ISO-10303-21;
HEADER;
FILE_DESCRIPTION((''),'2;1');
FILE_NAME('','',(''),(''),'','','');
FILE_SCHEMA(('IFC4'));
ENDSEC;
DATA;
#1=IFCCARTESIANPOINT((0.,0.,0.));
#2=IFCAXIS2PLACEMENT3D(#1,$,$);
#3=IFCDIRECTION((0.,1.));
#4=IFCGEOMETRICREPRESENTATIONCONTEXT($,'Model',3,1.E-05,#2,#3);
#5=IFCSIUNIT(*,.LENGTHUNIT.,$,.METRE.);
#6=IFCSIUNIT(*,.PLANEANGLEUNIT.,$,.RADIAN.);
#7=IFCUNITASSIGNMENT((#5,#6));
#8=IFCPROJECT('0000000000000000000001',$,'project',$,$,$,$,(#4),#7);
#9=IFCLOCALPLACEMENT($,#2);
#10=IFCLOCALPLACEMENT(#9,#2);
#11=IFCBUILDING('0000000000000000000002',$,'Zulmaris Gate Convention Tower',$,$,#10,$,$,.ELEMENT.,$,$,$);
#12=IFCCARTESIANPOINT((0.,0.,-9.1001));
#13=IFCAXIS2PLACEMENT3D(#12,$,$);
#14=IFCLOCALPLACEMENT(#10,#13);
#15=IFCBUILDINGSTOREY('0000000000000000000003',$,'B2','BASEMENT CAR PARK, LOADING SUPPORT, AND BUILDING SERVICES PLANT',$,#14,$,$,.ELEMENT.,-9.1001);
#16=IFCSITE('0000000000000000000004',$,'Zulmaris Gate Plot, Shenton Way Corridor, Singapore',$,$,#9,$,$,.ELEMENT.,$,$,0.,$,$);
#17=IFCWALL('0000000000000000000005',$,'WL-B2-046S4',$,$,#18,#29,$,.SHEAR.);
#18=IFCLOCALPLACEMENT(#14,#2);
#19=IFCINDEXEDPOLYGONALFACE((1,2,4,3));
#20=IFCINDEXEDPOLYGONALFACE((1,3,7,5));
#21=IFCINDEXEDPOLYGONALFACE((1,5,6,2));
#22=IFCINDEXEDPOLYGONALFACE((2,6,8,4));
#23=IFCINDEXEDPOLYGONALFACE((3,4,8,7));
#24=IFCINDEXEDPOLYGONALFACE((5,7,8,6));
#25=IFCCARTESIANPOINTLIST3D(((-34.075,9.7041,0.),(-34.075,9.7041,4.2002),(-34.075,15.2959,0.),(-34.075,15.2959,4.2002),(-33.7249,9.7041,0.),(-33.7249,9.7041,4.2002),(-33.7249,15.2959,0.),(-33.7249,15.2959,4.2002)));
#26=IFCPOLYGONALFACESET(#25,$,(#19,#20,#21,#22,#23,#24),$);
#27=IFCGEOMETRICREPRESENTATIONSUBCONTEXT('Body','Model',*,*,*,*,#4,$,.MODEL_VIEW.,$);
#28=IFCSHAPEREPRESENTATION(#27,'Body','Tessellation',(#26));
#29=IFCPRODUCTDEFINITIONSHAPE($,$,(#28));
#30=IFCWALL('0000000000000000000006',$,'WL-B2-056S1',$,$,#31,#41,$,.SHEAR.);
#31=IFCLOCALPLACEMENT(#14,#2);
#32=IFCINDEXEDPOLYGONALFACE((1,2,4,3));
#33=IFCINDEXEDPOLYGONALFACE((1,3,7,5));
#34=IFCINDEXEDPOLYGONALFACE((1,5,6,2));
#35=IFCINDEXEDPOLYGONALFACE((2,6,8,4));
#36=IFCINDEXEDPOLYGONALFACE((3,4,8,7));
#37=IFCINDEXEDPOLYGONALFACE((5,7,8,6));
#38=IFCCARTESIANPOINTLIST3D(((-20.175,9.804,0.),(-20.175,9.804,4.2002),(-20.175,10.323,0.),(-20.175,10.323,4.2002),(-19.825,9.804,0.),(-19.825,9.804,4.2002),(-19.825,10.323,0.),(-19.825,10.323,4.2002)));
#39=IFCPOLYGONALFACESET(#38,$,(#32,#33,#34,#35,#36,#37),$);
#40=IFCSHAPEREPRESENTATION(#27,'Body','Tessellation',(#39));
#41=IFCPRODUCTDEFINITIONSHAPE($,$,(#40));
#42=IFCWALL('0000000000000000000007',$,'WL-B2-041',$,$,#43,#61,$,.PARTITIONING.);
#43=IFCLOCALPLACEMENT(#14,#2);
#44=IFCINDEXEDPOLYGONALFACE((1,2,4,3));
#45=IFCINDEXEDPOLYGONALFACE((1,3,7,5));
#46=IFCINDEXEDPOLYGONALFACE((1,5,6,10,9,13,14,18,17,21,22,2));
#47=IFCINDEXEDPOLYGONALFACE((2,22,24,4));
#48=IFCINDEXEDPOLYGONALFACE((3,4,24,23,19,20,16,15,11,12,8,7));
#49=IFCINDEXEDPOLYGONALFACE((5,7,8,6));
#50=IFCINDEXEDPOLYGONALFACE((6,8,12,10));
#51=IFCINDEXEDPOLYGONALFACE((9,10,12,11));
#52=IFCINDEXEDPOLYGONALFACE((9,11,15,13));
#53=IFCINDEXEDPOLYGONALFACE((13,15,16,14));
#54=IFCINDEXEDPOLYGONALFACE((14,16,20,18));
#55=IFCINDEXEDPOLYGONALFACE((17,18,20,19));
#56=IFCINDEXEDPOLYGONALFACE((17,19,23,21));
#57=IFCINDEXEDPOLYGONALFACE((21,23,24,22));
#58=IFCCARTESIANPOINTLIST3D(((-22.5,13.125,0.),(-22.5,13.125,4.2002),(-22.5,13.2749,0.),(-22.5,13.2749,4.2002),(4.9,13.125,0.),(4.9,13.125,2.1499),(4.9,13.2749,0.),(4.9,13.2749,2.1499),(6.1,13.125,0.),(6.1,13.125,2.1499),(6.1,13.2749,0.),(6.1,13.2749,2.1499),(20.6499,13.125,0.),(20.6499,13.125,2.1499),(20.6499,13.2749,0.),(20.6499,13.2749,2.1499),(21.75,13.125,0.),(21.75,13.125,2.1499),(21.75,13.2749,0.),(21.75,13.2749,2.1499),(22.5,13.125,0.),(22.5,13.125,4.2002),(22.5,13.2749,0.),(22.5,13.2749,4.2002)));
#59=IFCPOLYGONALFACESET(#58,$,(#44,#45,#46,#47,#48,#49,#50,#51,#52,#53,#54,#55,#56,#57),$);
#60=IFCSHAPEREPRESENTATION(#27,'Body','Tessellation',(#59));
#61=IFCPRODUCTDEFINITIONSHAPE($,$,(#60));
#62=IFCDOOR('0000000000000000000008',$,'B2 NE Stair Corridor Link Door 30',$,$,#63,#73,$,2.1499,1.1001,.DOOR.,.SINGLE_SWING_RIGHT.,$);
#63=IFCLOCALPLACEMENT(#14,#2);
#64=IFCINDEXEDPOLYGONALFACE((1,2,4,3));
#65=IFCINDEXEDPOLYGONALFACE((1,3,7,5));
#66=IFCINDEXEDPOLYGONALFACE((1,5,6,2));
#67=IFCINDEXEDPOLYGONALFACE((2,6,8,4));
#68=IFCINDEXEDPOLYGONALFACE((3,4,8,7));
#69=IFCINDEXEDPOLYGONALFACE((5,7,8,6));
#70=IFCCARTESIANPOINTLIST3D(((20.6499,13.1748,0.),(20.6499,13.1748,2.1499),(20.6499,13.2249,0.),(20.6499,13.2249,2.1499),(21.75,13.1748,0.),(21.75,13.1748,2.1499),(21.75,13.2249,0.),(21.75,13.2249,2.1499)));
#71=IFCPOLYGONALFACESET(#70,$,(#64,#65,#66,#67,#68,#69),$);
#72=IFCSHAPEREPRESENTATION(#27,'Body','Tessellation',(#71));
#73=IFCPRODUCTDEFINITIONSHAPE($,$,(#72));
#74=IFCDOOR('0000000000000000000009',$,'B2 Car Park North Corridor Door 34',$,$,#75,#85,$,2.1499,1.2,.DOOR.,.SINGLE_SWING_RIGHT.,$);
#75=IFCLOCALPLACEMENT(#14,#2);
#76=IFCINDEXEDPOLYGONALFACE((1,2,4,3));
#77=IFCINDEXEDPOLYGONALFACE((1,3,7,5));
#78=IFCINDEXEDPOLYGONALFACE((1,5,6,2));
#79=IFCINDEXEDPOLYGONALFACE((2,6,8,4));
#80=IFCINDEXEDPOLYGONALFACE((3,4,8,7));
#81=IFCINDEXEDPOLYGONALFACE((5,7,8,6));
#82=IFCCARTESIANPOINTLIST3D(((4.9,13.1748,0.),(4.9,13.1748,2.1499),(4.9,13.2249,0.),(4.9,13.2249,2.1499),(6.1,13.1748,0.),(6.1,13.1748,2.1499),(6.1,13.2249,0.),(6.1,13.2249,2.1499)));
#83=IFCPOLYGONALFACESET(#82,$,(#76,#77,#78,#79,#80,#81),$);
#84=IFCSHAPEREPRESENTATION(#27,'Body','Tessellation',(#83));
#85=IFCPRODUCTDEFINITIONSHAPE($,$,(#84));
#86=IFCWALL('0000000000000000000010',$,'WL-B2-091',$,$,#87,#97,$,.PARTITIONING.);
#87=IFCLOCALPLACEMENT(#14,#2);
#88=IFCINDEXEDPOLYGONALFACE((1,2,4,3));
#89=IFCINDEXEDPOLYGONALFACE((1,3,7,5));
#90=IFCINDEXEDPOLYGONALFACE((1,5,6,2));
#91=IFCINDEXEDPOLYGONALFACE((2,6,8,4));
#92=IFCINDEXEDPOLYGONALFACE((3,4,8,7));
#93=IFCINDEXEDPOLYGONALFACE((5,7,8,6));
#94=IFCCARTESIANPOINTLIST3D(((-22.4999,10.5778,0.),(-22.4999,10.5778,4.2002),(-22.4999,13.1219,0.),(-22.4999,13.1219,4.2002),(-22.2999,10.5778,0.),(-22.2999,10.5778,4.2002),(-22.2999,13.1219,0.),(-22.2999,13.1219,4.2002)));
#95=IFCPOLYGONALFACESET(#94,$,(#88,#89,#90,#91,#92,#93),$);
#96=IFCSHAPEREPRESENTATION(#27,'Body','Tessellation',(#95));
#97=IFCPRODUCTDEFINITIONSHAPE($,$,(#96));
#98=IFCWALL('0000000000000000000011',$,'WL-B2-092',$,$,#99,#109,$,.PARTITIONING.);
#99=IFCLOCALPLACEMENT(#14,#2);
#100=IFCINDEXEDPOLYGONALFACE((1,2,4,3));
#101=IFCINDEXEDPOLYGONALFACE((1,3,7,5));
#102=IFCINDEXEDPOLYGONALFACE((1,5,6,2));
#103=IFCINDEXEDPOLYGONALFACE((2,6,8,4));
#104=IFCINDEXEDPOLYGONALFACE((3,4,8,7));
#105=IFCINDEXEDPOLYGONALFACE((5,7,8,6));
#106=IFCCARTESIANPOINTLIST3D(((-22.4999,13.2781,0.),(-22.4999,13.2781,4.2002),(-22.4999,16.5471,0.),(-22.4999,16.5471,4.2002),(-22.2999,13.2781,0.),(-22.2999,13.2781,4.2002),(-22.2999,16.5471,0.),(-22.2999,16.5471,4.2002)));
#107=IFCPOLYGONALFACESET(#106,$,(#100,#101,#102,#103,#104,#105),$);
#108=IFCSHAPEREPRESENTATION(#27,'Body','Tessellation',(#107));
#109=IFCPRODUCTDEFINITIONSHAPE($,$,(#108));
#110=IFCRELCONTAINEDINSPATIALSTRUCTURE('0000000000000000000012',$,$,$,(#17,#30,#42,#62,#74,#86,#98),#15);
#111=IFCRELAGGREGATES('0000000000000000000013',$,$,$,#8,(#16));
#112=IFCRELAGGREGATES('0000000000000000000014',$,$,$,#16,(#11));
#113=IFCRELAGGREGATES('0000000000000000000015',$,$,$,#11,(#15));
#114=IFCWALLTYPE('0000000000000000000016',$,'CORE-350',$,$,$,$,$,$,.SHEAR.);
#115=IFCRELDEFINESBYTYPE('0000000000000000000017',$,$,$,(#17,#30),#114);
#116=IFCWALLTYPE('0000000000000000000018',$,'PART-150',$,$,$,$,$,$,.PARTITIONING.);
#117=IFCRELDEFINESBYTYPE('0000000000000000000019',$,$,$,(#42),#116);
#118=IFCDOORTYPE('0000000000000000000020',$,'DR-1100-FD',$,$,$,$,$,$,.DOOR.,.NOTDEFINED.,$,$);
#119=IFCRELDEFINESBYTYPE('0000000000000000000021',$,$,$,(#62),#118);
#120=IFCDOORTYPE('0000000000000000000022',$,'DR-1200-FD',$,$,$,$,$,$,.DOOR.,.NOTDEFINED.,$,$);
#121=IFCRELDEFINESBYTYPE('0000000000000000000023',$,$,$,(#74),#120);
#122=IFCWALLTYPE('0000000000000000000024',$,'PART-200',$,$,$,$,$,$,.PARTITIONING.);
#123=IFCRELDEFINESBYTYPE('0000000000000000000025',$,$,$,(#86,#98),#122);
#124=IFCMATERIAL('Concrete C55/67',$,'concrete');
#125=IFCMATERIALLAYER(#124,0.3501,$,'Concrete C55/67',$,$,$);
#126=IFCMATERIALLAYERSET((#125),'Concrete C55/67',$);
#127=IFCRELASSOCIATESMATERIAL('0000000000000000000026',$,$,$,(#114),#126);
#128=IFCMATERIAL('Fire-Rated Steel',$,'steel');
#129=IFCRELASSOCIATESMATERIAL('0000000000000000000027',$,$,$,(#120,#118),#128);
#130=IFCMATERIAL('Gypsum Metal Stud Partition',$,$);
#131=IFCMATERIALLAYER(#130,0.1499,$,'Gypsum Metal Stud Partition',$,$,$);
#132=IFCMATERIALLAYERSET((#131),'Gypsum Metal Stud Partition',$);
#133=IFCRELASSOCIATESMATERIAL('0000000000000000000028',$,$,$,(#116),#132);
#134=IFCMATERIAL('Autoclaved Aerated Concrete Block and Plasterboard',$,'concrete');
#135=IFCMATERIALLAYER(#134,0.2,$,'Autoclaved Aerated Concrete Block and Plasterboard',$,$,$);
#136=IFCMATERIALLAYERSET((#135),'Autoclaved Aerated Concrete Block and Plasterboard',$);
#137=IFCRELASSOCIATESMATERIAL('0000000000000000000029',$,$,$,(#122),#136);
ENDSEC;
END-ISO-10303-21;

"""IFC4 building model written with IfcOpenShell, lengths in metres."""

from ifc_helpers import new_model, si_unit, direction, frame, frame_2d, origin, place, context, subcontext, project, spatial, rectangle, extrude, material, layer, layer_set, type_object, element, fill, save


model = new_model("IFC4")

# Units and contexts
model_context = context("Model", 3, precision=1e-05, world=origin(), true_north=direction((0.0, 1.0)))
body_context = subcontext(model_context, "Body", "Model", "MODEL_VIEW")
ifc_project = project(units=[si_unit("LENGTHUNIT", "METRE"), si_unit("PLANEANGLEUNIT", "RADIAN")], contexts=[model_context])

# Site, building, storey
site_placement = place(None, origin())
site = spatial("IfcSite", under=ifc_project, at=site_placement, Name="Zulmaris Gate Plot, Shenton Way Corridor, Singapore", CompositionType="ELEMENT", RefElevation=0.0)
building_placement = place(site_placement, origin())
building = spatial("IfcBuilding", under=site, at=building_placement, Name="Zulmaris Gate Convention Tower", CompositionType="ELEMENT")
storey_placement = place(building_placement, frame((0.0, 0.0, -9.1001)))
storey = spatial("IfcBuildingStorey", under=building, at=storey_placement, Name="B2", Description="BASEMENT CAR PARK, LOADING SUPPORT, AND BUILDING SERVICES PLANT", CompositionType="ELEMENT", Elevation=-9.1001)

# Shared definitions
ifc_material_1 = material(Name="Concrete C55/67", Category="concrete")
ifc_layer_1 = layer(ifc_material_1, 0.3501, Name="Concrete C55/67")
ifc_layer_set_1 = layer_set([ifc_layer_1], Name="Concrete C55/67")
wall_type_1 = type_object("IfcWallType", Name="CORE-350", PredefinedType="SHEAR", material=ifc_layer_set_1)
ifc_material_2 = material(Name="Fire-Rated Steel", Category="steel")
door_type_1 = type_object("IfcDoorType", Name="DR-1200-FD", OperationType="NOTDEFINED", PredefinedType="DOOR", material=ifc_material_2)

# Walls
wall_1_placement = place(storey_placement, frame((-33.8999, 9.7041, 0.0), z_axis=(0.0, 0.0, 1.0), x_axis=(0.0, 1.0, 0.0)))
element("IfcWall", 1, at=wall_1_placement, inside=storey, type_object=wall_type_1, Name="WL-B2-046S4", PredefinedType="SHEAR", context=body_context, shape_type="SweptSolid", body=[
    extrude(rectangle(XDim=5.5918, YDim=0.3501, at=frame_2d((2.7959, 0.0))), origin(), (0.0, 0.0, 1.0), 4.2002),
])
wall_2_placement = place(storey_placement, frame((-20.0, 9.804, 0.0), z_axis=(0.0, 0.0, 1.0), x_axis=(0.0, 1.0, 0.0)))
element("IfcWall", 2, at=wall_2_placement, inside=storey, type_object=wall_type_1, Name="WL-B2-056S1", PredefinedType="SHEAR", context=body_context, shape_type="SweptSolid", body=[
    extrude(rectangle(XDim=0.519, YDim=0.3501, at=frame_2d((0.2595, 0.0))), origin(), (0.0, 0.0, 1.0), 4.2002),
])

# Shared definitions
ifc_material_3 = material(Name="Gypsum Metal Stud Partition")
ifc_layer_2 = layer(ifc_material_3, 0.1499, Name="Gypsum Metal Stud Partition")
ifc_layer_set_2 = layer_set([ifc_layer_2], Name="Gypsum Metal Stud Partition")
wall_type_2 = type_object("IfcWallType", Name="PART-150", PredefinedType="PARTITIONING", material=ifc_layer_set_2)

# Wall, openings, doors
wall_3_placement = place(storey_placement, frame((-22.5, 13.2, 0.0), z_axis=(0.0, 0.0, 1.0), x_axis=(1.0, 0.0, 0.0)))
wall_3 = element("IfcWall", 3, at=wall_3_placement, inside=storey, type_object=wall_type_2, Name="WL-B2-041", PredefinedType="PARTITIONING", context=body_context, shape_type="SweptSolid", body=[
    extrude(rectangle(XDim=45.0, YDim=0.1499, at=frame_2d((22.5, 0.0))), origin(), (0.0, 0.0, 1.0), 4.2002),
])
opening_1_placement = place(wall_3_placement, frame((43.1499, 0.0, 0.0)))
opening_1 = element("IfcOpeningElement", 4, at=opening_1_placement, cuts=wall_3, PredefinedType="OPENING", context=body_context, shape_type="SweptSolid", body=[
    extrude(rectangle(XDim=1.1001, YDim=2.1499, at=frame_2d((0.55, 1.075))), frame((0.0, 0.085, 0.0), z_axis=(0.0, -1.0, 0.0), x_axis=(1.0, 0.0, 0.0)), (0.0, 0.0, 1.0), 0.1699),
])
opening_2_placement = place(wall_3_placement, frame((27.3999, 0.0, 0.0)))
opening_2 = element("IfcOpeningElement", 5, at=opening_2_placement, cuts=wall_3, PredefinedType="OPENING", context=body_context, shape_type="SweptSolid", body=[
    extrude(rectangle(XDim=1.2, YDim=2.1499, at=frame_2d((0.6001, 1.075))), frame((0.0, 0.085, 0.0), z_axis=(0.0, -1.0, 0.0), x_axis=(1.0, 0.0, 0.0)), (0.0, 0.0, 1.0), 0.1699),
])
door_type_2 = type_object("IfcDoorType", Name="DR-1100-FD", OperationType="NOTDEFINED", PredefinedType="DOOR", material=ifc_material_2)
door_1_placement = place(opening_1_placement, origin())
door_1 = element("IfcDoor", 6, at=door_1_placement, inside=storey, type_object=door_type_2, Name="B2 NE Stair Corridor Link Door 30", OperationType="SINGLE_SWING_RIGHT", OverallHeight=2.1499, OverallWidth=1.1001, PredefinedType="DOOR", context=body_context, shape_type="SweptSolid", body=[
    extrude(rectangle(XDim=1.1001, YDim=2.1499, at=frame_2d((0.55, 1.075))), frame((0.0, 0.0249, 0.0), z_axis=(0.0, -1.0, 0.0), x_axis=(1.0, 0.0, 0.0)), (0.0, 0.0, 1.0), 0.05),
])
fill(opening_1, door_1)
door_2_placement = place(opening_2_placement, origin())
door_2 = element("IfcDoor", 7, at=door_2_placement, inside=storey, type_object=door_type_1, Name="B2 Car Park North Corridor Door 34", OperationType="SINGLE_SWING_RIGHT", OverallHeight=2.1499, OverallWidth=1.2, PredefinedType="DOOR", context=body_context, shape_type="SweptSolid", body=[
    extrude(rectangle(XDim=1.2, YDim=2.1499, at=frame_2d((0.6001, 1.075))), frame((0.0, 0.0249, 0.0), z_axis=(0.0, -1.0, 0.0), x_axis=(1.0, 0.0, 0.0)), (0.0, 0.0, 1.0), 0.05),
])
fill(opening_2, door_2)

# Walls
ifc_material_4 = material(Name="Autoclaved Aerated Concrete Block and Plasterboard", Category="concrete")
ifc_layer_3 = layer(ifc_material_4, 0.2, Name="Autoclaved Aerated Concrete Block and Plasterboard")
ifc_layer_set_3 = layer_set([ifc_layer_3], Name="Autoclaved Aerated Concrete Block and Plasterboard")
wall_type_3 = type_object("IfcWallType", Name="PART-200", PredefinedType="PARTITIONING", material=ifc_layer_set_3)
wall_4_placement = place(storey_placement, frame((-22.3999, 10.5779, 0.0), z_axis=(0.0, 0.0, 1.0), x_axis=(0.0, 1.0, 0.0)))
element("IfcWall", 8, at=wall_4_placement, inside=storey, type_object=wall_type_3, Name="WL-B2-091", PredefinedType="PARTITIONING", context=body_context, shape_type="SweptSolid", body=[
    extrude(rectangle(XDim=2.5442, YDim=0.2, at=frame_2d((1.272, 0.0))), origin(), (0.0, 0.0, 1.0), 4.2002),
])
wall_5_placement = place(storey_placement, frame((-22.3999, 13.2781, 0.0), z_axis=(0.0, 0.0, 1.0), x_axis=(0.0, 1.0, 0.0)))
element("IfcWall", 9, at=wall_5_placement, inside=storey, type_object=wall_type_3, Name="WL-B2-092", PredefinedType="PARTITIONING", context=body_context, shape_type="SweptSolid", body=[
    extrude(rectangle(XDim=3.269, YDim=0.2, at=frame_2d((1.6345, 0.0))), origin(), (0.0, 0.0, 1.0), 4.2002),
])

save(model, "model.ifc")
